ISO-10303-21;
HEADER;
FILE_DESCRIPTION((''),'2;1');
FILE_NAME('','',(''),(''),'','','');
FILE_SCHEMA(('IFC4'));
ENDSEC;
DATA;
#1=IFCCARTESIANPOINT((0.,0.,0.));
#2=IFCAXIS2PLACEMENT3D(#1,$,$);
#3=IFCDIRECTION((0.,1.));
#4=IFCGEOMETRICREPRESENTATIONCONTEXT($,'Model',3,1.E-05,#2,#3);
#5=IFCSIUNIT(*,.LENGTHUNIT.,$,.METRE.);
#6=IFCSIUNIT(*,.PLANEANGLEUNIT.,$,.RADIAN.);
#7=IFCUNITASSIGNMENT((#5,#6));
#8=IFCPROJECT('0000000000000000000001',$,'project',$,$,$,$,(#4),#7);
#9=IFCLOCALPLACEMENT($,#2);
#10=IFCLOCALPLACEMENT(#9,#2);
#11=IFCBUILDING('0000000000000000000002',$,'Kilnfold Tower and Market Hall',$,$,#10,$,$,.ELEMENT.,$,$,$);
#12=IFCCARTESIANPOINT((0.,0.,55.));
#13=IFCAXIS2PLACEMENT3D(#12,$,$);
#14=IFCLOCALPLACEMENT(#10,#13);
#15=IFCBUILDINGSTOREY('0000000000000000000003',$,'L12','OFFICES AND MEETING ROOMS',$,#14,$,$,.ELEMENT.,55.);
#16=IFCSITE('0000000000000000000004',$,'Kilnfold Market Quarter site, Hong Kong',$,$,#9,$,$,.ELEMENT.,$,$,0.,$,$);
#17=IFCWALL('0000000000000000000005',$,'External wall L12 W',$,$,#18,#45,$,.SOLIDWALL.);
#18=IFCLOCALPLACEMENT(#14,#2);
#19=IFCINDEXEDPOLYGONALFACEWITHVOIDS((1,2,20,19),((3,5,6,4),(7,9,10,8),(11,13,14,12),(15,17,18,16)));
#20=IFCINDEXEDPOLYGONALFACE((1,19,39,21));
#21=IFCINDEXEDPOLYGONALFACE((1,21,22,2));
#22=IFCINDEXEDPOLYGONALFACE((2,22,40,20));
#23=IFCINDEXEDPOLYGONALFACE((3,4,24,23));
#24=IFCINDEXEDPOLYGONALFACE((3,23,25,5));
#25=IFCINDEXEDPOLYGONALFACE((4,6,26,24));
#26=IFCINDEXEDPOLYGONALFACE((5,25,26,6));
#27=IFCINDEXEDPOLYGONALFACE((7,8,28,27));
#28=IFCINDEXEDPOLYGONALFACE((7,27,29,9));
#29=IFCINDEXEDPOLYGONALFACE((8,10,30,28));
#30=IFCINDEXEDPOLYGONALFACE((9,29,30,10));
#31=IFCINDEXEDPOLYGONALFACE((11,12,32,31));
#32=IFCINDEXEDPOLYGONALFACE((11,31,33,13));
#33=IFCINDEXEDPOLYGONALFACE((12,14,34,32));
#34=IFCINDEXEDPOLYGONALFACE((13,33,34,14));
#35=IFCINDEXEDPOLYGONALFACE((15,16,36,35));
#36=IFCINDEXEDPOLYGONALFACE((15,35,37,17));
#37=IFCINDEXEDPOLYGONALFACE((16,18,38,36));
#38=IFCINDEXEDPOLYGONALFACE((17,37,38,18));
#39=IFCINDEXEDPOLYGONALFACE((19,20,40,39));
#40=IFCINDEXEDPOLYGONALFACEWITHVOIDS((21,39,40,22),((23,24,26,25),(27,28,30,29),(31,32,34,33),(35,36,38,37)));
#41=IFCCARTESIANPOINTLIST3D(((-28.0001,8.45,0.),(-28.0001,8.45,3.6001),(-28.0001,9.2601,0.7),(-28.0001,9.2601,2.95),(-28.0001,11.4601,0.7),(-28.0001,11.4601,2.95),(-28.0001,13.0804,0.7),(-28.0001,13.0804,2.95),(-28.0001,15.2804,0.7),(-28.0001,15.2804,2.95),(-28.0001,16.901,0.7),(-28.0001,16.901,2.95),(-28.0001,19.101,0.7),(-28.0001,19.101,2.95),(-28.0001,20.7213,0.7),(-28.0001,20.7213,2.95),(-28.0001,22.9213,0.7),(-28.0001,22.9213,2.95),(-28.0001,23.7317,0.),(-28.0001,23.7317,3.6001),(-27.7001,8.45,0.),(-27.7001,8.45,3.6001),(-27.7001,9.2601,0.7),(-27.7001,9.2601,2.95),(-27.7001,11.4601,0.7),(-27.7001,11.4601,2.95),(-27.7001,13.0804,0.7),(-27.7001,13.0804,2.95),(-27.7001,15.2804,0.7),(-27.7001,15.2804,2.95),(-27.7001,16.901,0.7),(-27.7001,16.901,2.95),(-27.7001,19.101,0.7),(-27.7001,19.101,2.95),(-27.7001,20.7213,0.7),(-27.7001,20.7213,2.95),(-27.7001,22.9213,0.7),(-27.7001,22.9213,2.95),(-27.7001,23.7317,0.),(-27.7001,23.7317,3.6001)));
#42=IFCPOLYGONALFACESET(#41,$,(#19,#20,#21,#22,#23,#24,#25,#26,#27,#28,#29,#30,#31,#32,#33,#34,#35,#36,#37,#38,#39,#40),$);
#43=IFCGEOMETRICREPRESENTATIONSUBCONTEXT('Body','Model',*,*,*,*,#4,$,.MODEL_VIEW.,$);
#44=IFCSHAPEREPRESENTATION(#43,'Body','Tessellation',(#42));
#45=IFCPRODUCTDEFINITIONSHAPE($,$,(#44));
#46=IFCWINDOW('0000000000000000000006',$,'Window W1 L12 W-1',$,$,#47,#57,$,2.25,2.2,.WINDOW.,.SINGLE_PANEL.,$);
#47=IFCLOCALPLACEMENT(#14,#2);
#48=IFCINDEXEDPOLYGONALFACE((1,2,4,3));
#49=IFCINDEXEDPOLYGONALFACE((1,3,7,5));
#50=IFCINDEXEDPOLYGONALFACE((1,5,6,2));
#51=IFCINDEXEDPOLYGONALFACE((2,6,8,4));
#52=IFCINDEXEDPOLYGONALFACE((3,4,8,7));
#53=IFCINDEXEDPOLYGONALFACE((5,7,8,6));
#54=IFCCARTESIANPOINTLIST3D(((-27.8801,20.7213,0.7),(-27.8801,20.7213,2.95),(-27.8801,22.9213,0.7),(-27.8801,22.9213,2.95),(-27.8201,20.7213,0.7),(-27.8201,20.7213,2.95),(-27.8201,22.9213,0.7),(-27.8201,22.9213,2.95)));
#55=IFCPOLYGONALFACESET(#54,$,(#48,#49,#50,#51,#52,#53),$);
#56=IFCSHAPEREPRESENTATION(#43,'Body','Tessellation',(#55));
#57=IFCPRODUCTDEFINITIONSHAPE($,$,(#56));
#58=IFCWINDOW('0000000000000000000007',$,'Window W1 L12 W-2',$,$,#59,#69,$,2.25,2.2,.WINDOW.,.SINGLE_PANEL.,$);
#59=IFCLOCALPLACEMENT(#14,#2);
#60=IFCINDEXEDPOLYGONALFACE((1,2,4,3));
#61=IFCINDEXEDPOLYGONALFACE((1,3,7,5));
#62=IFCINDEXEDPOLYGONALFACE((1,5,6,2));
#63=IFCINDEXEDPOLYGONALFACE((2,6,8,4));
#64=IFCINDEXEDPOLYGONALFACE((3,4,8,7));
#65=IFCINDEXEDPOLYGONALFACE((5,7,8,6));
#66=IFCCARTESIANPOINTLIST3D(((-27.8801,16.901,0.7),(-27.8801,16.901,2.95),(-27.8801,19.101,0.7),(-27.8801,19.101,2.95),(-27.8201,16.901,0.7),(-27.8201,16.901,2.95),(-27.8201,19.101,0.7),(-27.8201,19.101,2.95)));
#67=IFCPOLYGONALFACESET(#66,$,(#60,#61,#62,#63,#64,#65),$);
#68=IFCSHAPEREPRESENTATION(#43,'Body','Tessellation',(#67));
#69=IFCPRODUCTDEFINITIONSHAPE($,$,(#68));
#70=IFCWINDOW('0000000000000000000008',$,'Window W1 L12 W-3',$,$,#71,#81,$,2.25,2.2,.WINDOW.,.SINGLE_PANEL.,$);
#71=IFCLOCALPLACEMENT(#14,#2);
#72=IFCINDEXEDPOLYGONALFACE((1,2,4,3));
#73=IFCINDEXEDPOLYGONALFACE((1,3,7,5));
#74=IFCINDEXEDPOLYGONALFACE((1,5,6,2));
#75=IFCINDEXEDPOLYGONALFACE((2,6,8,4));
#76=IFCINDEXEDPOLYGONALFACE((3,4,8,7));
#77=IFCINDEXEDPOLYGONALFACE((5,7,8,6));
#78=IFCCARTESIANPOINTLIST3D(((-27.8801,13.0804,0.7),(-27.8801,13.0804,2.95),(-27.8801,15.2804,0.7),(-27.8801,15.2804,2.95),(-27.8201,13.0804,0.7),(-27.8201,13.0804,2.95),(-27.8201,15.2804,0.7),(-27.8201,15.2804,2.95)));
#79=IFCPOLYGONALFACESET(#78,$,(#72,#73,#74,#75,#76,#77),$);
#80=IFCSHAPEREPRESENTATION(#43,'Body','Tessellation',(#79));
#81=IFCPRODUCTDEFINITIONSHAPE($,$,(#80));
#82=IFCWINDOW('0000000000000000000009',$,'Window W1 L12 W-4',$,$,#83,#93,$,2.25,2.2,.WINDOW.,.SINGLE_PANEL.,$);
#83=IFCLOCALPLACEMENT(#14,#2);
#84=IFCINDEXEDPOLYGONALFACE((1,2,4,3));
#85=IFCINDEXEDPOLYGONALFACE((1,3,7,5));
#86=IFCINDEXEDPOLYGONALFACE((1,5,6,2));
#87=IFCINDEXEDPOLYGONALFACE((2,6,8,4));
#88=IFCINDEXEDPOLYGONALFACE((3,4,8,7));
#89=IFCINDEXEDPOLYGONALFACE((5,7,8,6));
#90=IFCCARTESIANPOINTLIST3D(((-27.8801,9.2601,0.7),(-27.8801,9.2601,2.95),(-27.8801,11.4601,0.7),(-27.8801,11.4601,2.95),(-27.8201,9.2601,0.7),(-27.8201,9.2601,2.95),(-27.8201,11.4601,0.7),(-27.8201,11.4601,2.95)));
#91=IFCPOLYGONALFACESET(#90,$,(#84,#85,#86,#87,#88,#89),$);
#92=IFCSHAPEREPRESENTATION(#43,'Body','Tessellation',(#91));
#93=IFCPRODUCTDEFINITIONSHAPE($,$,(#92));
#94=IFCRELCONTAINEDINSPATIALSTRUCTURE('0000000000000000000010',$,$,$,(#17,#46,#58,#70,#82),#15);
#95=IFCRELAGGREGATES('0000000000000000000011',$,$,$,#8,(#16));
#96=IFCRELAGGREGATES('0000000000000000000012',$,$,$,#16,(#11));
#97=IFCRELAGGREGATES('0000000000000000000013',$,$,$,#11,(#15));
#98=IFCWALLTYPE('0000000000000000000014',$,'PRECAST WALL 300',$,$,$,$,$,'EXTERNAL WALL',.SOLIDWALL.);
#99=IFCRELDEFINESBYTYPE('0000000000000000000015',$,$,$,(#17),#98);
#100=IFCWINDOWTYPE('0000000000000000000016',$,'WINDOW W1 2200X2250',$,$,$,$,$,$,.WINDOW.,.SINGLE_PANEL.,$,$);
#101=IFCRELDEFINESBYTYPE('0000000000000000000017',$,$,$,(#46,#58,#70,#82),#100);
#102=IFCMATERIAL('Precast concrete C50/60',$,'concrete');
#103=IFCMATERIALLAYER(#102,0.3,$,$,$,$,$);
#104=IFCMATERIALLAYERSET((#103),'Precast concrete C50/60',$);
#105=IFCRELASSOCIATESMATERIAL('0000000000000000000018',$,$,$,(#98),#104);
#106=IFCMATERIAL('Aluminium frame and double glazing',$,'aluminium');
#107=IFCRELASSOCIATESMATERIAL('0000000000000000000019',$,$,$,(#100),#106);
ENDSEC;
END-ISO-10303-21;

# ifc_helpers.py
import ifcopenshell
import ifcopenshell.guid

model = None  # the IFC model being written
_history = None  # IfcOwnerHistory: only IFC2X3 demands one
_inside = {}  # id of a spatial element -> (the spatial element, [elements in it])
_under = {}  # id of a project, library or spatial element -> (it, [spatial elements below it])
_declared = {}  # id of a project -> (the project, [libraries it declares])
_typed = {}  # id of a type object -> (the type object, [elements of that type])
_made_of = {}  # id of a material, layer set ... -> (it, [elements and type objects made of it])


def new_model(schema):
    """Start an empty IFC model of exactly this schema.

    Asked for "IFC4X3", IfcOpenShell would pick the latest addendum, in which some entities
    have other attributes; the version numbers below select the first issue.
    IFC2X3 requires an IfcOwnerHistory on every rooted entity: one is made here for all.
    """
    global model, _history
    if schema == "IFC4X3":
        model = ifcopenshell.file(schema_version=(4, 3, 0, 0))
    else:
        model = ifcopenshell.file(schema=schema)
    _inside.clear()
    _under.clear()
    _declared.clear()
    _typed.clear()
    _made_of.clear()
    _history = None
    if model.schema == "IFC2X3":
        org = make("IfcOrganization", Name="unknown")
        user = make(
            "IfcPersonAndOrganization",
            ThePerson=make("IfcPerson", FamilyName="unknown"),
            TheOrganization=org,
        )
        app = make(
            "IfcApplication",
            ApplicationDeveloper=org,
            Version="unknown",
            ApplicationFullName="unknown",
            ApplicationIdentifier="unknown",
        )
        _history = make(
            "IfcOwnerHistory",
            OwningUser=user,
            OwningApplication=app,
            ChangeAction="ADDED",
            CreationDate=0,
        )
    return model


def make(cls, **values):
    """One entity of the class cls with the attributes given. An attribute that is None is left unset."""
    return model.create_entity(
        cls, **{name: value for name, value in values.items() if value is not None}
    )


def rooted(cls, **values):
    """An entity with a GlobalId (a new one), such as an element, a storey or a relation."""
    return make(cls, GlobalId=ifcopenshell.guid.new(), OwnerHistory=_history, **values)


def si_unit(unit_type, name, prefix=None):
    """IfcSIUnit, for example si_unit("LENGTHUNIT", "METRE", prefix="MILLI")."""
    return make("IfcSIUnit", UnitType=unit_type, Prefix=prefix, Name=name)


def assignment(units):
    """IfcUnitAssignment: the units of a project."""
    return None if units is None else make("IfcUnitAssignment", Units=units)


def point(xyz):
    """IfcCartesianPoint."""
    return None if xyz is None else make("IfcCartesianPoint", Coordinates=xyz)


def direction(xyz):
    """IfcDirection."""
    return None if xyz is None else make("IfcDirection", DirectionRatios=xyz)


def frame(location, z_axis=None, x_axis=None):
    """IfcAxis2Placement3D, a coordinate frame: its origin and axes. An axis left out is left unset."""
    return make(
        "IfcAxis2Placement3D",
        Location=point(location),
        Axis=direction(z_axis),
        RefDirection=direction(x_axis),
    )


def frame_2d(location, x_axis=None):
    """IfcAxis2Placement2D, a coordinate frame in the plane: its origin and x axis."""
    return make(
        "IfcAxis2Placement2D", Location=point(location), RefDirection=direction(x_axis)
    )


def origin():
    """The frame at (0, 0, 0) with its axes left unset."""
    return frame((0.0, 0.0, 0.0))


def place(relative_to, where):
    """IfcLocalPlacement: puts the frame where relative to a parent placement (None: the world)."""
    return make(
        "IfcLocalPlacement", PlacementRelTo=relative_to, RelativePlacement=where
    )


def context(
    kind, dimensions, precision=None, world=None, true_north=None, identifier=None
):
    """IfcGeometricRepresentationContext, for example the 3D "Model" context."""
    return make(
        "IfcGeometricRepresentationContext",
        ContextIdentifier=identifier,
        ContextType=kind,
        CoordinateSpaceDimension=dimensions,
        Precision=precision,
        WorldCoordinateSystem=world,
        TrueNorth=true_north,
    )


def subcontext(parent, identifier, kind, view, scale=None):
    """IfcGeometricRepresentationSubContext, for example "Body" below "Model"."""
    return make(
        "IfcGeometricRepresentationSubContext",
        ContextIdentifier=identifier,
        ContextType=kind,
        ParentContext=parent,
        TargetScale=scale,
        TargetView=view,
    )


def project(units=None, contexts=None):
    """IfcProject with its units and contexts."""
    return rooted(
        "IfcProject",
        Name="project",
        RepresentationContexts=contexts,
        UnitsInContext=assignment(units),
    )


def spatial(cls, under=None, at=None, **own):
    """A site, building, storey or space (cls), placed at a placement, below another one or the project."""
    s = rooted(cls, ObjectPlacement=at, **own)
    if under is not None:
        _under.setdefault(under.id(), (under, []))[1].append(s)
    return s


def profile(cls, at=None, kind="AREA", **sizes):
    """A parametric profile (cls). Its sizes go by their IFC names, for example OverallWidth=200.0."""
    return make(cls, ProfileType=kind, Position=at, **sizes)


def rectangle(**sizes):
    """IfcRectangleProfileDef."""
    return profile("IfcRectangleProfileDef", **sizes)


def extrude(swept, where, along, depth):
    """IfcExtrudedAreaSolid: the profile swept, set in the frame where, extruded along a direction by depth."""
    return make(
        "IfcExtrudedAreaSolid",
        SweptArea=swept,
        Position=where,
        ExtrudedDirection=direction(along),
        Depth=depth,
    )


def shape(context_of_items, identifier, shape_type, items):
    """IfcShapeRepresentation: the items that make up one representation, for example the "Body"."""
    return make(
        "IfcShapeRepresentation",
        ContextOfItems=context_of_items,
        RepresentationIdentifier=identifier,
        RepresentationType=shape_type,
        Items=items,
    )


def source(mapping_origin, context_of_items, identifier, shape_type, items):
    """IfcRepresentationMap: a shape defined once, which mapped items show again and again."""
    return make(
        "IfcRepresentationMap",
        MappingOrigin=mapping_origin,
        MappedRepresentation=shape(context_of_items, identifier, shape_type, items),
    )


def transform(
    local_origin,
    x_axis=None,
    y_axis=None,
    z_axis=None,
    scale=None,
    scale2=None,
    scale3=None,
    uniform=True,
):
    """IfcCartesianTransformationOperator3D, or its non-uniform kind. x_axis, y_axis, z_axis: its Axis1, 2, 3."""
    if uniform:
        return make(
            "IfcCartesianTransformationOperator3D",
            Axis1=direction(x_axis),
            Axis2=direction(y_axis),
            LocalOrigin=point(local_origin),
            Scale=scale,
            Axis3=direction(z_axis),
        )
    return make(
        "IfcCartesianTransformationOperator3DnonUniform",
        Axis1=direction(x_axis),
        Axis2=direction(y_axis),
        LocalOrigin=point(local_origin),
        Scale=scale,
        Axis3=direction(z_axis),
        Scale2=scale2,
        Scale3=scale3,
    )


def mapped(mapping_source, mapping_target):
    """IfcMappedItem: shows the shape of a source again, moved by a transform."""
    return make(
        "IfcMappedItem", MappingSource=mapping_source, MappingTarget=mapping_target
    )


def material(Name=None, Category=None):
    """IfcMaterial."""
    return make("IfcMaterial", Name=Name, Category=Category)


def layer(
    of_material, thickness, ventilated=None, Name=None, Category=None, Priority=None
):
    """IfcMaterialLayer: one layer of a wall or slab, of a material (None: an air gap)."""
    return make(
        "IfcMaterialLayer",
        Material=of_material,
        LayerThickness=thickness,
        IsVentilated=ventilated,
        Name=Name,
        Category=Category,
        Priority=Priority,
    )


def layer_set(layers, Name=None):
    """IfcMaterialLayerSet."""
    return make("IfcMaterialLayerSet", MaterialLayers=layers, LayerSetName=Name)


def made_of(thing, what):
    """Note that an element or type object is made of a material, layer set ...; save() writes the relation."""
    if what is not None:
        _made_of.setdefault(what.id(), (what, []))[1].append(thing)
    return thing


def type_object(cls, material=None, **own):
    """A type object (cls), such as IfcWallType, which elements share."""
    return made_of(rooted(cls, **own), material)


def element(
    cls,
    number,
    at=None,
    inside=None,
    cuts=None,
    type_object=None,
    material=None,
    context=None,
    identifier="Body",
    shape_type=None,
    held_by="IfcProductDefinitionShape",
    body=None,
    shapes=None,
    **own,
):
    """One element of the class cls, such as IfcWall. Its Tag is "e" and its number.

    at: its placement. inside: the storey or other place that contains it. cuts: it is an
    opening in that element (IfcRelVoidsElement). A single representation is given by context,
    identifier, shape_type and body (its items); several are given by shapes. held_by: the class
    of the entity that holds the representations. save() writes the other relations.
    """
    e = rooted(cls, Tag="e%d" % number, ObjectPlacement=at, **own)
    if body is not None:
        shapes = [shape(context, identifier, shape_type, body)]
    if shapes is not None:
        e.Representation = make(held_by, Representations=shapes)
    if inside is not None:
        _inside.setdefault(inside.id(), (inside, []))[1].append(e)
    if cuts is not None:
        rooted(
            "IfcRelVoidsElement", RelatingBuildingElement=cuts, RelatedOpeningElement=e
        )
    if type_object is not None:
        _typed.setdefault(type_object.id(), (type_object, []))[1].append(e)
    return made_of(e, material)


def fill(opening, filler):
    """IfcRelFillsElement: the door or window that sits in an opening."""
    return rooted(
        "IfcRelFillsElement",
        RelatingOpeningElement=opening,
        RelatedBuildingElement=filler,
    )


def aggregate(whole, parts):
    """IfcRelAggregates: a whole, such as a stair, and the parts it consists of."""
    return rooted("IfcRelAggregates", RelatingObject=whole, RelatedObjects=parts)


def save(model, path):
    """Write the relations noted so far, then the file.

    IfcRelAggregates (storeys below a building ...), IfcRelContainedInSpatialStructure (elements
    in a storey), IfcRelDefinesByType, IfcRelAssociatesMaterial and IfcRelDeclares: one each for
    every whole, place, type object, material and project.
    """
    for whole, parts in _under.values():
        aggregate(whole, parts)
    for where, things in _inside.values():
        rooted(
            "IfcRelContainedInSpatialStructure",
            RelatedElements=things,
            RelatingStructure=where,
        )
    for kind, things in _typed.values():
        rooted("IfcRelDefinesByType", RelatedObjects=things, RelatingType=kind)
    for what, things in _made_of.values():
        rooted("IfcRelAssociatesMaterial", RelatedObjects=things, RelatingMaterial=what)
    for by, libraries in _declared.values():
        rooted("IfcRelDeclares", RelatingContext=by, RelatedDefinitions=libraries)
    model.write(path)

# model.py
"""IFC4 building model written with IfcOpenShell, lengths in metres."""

from ifc_helpers import new_model, si_unit, direction, frame, frame_2d, origin, place, context, subcontext, project, spatial, rectangle, extrude, source, transform, mapped, material, layer, layer_set, type_object, element, fill, save


model = new_model("IFC4")

# Units and contexts
model_context = context("Model", 3, precision=1e-05, world=origin(), true_north=direction((0.0, 1.0)))
body_context = subcontext(model_context, "Body", "Model", "MODEL_VIEW")
ifc_project = project(units=[si_unit("LENGTHUNIT", "METRE"), si_unit("PLANEANGLEUNIT", "RADIAN")], contexts=[model_context])

# Site, building, storey
site_placement = place(None, origin())
site = spatial("IfcSite", under=ifc_project, at=site_placement, Name="Kilnfold Market Quarter site, Hong Kong", CompositionType="ELEMENT", RefElevation=0.0)
building_placement = place(site_placement, origin())
building = spatial("IfcBuilding", under=site, at=building_placement, Name="Kilnfold Tower and Market Hall", CompositionType="ELEMENT")
storey_placement = place(building_placement, frame((0.0, 0.0, 55.0)))
storey = spatial("IfcBuildingStorey", under=building, at=storey_placement, Name="L12", Description="OFFICES AND MEETING ROOMS", CompositionType="ELEMENT", Elevation=55.0)

# Shared definitions
ifc_material_1 = material(Name="Precast concrete C50/60", Category="concrete")
ifc_layer_1 = layer(ifc_material_1, 0.3)
ifc_layer_set_1 = layer_set([ifc_layer_1], Name="Precast concrete C50/60")
wall_type_1 = type_object("IfcWallType", Name="PRECAST WALL 300", ElementType="EXTERNAL WALL", PredefinedType="SOLIDWALL", material=ifc_layer_set_1)
ifc_material_2 = material(Name="Aluminium frame and double glazing", Category="aluminium")
window_type = type_object("IfcWindowType", Name="WINDOW W1 2200X2250", PartitioningType="SINGLE_PANEL", PredefinedType="WINDOW", material=ifc_material_2)

# Wall, openings, windows
shared_shape_1 = source(origin(), body_context, "Body", "SweptSolid", [
    extrude(rectangle(XDim=15.2817, YDim=0.3, at=frame_2d((7.6409, 0.0))), origin(), (0.0, 0.0, 1.0), 3.6001),
])
wall_1_placement = place(storey_placement, frame((-27.8501, 23.7317, 0.0), z_axis=(0.0, 0.0, 1.0), x_axis=(0.0, -1.0, 0.0)))
wall_1 = element("IfcWall", 1, at=wall_1_placement, inside=storey, type_object=wall_type_1, Name="External wall L12 W", PredefinedType="SOLIDWALL", context=body_context, shape_type="MappedRepresentation", body=[
    mapped(shared_shape_1, transform((0.0, 0.0, 0.0))),
])
opening_1_placement = place(wall_1_placement, frame((0.8103, 0.0, 0.7)))
opening_1 = element("IfcOpeningElement", 2, at=opening_1_placement, cuts=wall_1, PredefinedType="OPENING", context=body_context, shape_type="SweptSolid", body=[
    extrude(rectangle(XDim=2.2, YDim=2.25, at=frame_2d((1.1001, 1.125))), frame((0.0, 0.1602, 0.0), z_axis=(0.0, -1.0, 0.0), x_axis=(1.0, 0.0, 0.0)), (0.0, 0.0, 1.0), 0.3201),
])
opening_2_placement = place(wall_1_placement, frame((4.6306, 0.0, 0.7)))
opening_2 = element("IfcOpeningElement", 3, at=opening_2_placement, cuts=wall_1, PredefinedType="OPENING", context=body_context, shape_type="SweptSolid", body=[
    extrude(rectangle(XDim=2.2, YDim=2.25, at=frame_2d((1.1001, 1.125))), frame((0.0, 0.1602, 0.0), z_axis=(0.0, -1.0, 0.0), x_axis=(1.0, 0.0, 0.0)), (0.0, 0.0, 1.0), 0.3201),
])
opening_3_placement = place(wall_1_placement, frame((8.4512, 0.0, 0.7)))
opening_3 = element("IfcOpeningElement", 4, at=opening_3_placement, cuts=wall_1, PredefinedType="OPENING", context=body_context, shape_type="SweptSolid", body=[
    extrude(rectangle(XDim=2.2, YDim=2.25, at=frame_2d((1.1001, 1.125))), frame((0.0, 0.1602, 0.0), z_axis=(0.0, -1.0, 0.0), x_axis=(1.0, 0.0, 0.0)), (0.0, 0.0, 1.0), 0.3201),
])
opening_4_placement = place(wall_1_placement, frame((12.2715, 0.0, 0.7)))
opening_4 = element("IfcOpeningElement", 5, at=opening_4_placement, cuts=wall_1, PredefinedType="OPENING", context=body_context, shape_type="SweptSolid", body=[
    extrude(rectangle(XDim=2.2, YDim=2.25, at=frame_2d((1.1001, 1.125))), frame((0.0, 0.1602, 0.0), z_axis=(0.0, -1.0, 0.0), x_axis=(1.0, 0.0, 0.0)), (0.0, 0.0, 1.0), 0.3201),
])
window_1_placement = place(opening_1_placement, origin())
window_1 = element("IfcWindow", 6, at=window_1_placement, inside=storey, type_object=window_type, Name="Window W1 L12 W-1", OverallHeight=2.25, OverallWidth=2.2, PartitioningType="SINGLE_PANEL", PredefinedType="WINDOW", context=body_context, shape_type="SweptSolid", body=[
    extrude(rectangle(XDim=2.2, YDim=2.25, at=frame_2d((1.1001, 1.125))), frame((0.0, 0.03, 0.0), z_axis=(0.0, -1.0, 0.0), x_axis=(1.0, 0.0, 0.0)), (0.0, 0.0, 1.0), 0.0601),
])
fill(opening_1, window_1)
window_2_placement = place(opening_2_placement, origin())
window_2 = element("IfcWindow", 7, at=window_2_placement, inside=storey, type_object=window_type, Name="Window W1 L12 W-2", OverallHeight=2.25, OverallWidth=2.2, PartitioningType="SINGLE_PANEL", PredefinedType="WINDOW", context=body_context, shape_type="SweptSolid", body=[
    extrude(rectangle(XDim=2.2, YDim=2.25, at=frame_2d((1.1001, 1.125))), frame((0.0, 0.03, 0.0), z_axis=(0.0, -1.0, 0.0), x_axis=(1.0, 0.0, 0.0)), (0.0, 0.0, 1.0), 0.0601),
])
fill(opening_2, window_2)
window_3_placement = place(opening_3_placement, origin())
window_3 = element("IfcWindow", 8, at=window_3_placement, inside=storey, type_object=window_type, Name="Window W1 L12 W-3", OverallHeight=2.25, OverallWidth=2.2, PartitioningType="SINGLE_PANEL", PredefinedType="WINDOW", context=body_context, shape_type="SweptSolid", body=[
    extrude(rectangle(XDim=2.2, YDim=2.25, at=frame_2d((1.1001, 1.125))), frame((0.0, 0.03, 0.0), z_axis=(0.0, -1.0, 0.0), x_axis=(1.0, 0.0, 0.0)), (0.0, 0.0, 1.0), 0.0601),
])
fill(opening_3, window_3)
window_4_placement = place(opening_4_placement, origin())
window_4 = element("IfcWindow", 9, at=window_4_placement, inside=storey, type_object=window_type, Name="Window W1 L12 W-4", OverallHeight=2.25, OverallWidth=2.2, PartitioningType="SINGLE_PANEL", PredefinedType="WINDOW", context=body_context, shape_type="SweptSolid", body=[
    extrude(rectangle(XDim=2.2, YDim=2.25, at=frame_2d((1.1001, 1.125))), frame((0.0, 0.03, 0.0), z_axis=(0.0, -1.0, 0.0), x_axis=(1.0, 0.0, 0.0)), (0.0, 0.0, 1.0), 0.0601),
])
fill(opening_4, window_4)

save(model, "model.ifc")
